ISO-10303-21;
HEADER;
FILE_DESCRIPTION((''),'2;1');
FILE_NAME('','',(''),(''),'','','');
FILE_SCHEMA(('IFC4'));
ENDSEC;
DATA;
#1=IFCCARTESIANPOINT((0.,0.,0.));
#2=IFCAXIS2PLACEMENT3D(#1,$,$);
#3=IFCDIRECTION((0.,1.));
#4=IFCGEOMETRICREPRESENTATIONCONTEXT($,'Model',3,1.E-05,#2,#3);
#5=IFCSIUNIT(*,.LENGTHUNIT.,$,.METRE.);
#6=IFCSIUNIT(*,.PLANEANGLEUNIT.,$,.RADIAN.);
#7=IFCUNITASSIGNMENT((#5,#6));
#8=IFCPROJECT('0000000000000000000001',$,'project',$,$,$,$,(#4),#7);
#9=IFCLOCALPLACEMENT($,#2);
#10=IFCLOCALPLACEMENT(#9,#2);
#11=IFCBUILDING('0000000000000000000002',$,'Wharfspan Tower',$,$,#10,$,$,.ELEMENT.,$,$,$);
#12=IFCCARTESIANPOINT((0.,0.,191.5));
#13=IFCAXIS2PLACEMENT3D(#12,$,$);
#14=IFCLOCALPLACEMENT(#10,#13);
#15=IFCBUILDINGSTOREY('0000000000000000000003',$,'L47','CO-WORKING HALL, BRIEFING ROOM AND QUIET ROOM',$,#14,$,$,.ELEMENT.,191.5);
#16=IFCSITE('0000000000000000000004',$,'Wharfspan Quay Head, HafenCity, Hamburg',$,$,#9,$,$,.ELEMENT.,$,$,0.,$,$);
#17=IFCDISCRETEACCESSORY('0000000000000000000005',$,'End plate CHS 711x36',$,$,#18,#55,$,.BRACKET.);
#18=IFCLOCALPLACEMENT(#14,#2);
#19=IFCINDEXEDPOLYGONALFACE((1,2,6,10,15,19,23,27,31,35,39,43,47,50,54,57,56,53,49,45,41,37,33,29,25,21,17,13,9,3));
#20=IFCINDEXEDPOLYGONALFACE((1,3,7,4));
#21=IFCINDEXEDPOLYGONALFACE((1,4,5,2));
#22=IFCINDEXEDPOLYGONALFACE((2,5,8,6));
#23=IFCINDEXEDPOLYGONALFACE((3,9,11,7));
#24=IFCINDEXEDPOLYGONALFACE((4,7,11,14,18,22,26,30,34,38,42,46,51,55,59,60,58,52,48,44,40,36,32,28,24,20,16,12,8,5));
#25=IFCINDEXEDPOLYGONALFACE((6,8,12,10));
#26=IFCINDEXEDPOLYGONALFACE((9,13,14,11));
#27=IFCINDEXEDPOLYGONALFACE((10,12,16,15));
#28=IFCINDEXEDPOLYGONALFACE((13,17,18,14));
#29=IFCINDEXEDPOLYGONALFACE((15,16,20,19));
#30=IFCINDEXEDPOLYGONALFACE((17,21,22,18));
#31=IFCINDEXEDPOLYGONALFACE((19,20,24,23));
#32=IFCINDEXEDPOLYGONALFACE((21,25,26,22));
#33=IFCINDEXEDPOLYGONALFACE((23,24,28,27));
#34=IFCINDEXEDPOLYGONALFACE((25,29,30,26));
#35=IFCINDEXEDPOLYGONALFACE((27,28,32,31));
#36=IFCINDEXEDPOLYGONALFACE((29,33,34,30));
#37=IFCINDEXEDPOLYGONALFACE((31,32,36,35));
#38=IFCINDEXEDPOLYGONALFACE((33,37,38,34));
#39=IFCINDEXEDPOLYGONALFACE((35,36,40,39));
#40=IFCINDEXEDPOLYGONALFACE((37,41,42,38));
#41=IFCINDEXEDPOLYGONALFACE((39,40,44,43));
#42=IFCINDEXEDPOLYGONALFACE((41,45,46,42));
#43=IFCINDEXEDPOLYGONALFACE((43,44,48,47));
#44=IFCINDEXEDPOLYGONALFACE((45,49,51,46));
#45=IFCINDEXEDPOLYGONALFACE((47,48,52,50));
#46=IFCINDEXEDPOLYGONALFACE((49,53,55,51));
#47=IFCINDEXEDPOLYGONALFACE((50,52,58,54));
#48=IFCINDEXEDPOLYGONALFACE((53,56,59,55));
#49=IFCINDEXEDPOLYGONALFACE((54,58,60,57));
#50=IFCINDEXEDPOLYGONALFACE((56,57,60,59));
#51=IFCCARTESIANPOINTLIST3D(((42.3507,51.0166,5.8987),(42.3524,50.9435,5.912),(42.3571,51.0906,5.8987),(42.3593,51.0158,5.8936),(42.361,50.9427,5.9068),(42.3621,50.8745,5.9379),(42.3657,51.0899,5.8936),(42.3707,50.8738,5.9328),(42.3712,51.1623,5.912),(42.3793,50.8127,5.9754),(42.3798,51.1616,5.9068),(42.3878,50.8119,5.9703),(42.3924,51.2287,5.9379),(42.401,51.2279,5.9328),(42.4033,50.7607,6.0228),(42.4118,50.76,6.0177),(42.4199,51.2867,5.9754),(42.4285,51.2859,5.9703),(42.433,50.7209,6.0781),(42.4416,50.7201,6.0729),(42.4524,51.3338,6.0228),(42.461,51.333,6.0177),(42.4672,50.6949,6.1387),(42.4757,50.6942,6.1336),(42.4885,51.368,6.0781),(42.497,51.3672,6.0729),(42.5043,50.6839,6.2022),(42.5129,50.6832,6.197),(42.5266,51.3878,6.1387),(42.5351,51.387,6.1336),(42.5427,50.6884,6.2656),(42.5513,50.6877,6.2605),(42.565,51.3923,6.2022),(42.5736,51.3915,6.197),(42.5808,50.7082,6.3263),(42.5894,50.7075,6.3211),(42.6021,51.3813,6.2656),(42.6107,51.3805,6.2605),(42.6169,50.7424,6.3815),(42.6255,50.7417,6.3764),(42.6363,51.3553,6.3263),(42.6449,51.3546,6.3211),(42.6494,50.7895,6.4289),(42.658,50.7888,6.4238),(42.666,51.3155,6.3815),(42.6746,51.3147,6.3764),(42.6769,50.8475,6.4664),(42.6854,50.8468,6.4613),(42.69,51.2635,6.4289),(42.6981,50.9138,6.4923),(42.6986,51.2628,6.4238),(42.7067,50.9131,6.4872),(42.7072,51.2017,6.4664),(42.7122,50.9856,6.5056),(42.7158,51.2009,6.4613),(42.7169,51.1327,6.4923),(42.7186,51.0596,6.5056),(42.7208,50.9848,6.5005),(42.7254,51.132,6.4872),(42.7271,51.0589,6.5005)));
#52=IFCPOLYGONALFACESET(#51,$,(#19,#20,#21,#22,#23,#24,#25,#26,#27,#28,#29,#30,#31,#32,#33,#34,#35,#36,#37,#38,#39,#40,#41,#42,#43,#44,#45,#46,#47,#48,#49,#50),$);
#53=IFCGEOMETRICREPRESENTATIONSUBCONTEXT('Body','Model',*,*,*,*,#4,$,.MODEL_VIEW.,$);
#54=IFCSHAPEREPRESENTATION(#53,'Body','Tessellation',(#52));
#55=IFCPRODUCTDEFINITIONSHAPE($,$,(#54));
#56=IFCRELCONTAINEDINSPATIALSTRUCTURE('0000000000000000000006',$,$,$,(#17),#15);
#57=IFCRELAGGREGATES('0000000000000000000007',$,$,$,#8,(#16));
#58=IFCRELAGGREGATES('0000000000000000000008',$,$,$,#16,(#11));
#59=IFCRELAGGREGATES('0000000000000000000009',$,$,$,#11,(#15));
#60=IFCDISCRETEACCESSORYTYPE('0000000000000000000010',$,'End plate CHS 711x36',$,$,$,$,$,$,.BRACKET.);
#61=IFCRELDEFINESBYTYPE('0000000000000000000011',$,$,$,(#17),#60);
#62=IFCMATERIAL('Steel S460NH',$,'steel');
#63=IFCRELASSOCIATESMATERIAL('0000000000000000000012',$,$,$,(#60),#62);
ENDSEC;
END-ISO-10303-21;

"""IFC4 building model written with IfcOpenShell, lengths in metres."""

from ifc_helpers import new_model, si_unit, direction, frame, origin, origin_2d, place, context, subcontext, project, spatial, circle, extrude, material, material_profile, profile_set, type_object, element, save


model = new_model("IFC4")

# Units and contexts
model_context = context("Model", 3, precision=1e-05, world=origin(), true_north=direction((0.0, 1.0)))
body_context = subcontext(model_context, "Body", "Model", "MODEL_VIEW")
ifc_project = project(units=[si_unit("LENGTHUNIT", "METRE"), si_unit("PLANEANGLEUNIT", "RADIAN")], contexts=[model_context])

# Site, building, storey
site_placement = place(None, origin())
site = spatial("IfcSite", under=ifc_project, at=site_placement, Name="Wharfspan Quay Head, HafenCity, Hamburg", CompositionType="ELEMENT", RefElevation=0.0)
building_placement = place(site_placement, origin())
building = spatial("IfcBuilding", under=site, at=building_placement, Name="Wharfspan Tower", CompositionType="ELEMENT")
storey_placement = place(building_placement, frame((0.0, 0.0, 191.5)))
storey = spatial("IfcBuildingStorey", under=building, at=storey_placement, Name="L47", Description="CO-WORKING HALL, BRIEFING ROOM AND QUIET ROOM", CompositionType="ELEMENT", Elevation=191.5)

# Shared definitions
ifc_material_1 = material(Name="Steel S460NH", Category="steel")

# Discrete accessory
ifc_material_profile_1 = material_profile(ifc_material_1, circle(Radius=0.3555, at=origin_2d()))
ifc_profile_set_1 = profile_set([ifc_material_profile_1], Name="Steel S460NH")
discrete_accessory_type = type_object("IfcDiscreteAccessoryType", Name="End plate CHS 711x36", PredefinedType="BRACKET", material=ifc_profile_set_1)
for number, where, z_axis, x_axis, name in (
    (1, (42.5432, 51.0374, 6.197), (-0.855186, 0.073302, 0.513112), (-0.085402, -0.996345, -0.000001), "End plate CHS 711x36"),
):
    element("IfcDiscreteAccessory", number, at=place(storey_placement, frame(where, z_axis=z_axis, x_axis=x_axis)), inside=storey, type_object=discrete_accessory_type, Name=name, PredefinedType="BRACKET", context=body_context, shape_type="SweptSolid", body=[
        extrude(circle(Radius=0.3555, at=origin_2d()), origin(), (0.0, 0.0, 1.0), 0.01),
    ])

save(model, "model.ifc")
